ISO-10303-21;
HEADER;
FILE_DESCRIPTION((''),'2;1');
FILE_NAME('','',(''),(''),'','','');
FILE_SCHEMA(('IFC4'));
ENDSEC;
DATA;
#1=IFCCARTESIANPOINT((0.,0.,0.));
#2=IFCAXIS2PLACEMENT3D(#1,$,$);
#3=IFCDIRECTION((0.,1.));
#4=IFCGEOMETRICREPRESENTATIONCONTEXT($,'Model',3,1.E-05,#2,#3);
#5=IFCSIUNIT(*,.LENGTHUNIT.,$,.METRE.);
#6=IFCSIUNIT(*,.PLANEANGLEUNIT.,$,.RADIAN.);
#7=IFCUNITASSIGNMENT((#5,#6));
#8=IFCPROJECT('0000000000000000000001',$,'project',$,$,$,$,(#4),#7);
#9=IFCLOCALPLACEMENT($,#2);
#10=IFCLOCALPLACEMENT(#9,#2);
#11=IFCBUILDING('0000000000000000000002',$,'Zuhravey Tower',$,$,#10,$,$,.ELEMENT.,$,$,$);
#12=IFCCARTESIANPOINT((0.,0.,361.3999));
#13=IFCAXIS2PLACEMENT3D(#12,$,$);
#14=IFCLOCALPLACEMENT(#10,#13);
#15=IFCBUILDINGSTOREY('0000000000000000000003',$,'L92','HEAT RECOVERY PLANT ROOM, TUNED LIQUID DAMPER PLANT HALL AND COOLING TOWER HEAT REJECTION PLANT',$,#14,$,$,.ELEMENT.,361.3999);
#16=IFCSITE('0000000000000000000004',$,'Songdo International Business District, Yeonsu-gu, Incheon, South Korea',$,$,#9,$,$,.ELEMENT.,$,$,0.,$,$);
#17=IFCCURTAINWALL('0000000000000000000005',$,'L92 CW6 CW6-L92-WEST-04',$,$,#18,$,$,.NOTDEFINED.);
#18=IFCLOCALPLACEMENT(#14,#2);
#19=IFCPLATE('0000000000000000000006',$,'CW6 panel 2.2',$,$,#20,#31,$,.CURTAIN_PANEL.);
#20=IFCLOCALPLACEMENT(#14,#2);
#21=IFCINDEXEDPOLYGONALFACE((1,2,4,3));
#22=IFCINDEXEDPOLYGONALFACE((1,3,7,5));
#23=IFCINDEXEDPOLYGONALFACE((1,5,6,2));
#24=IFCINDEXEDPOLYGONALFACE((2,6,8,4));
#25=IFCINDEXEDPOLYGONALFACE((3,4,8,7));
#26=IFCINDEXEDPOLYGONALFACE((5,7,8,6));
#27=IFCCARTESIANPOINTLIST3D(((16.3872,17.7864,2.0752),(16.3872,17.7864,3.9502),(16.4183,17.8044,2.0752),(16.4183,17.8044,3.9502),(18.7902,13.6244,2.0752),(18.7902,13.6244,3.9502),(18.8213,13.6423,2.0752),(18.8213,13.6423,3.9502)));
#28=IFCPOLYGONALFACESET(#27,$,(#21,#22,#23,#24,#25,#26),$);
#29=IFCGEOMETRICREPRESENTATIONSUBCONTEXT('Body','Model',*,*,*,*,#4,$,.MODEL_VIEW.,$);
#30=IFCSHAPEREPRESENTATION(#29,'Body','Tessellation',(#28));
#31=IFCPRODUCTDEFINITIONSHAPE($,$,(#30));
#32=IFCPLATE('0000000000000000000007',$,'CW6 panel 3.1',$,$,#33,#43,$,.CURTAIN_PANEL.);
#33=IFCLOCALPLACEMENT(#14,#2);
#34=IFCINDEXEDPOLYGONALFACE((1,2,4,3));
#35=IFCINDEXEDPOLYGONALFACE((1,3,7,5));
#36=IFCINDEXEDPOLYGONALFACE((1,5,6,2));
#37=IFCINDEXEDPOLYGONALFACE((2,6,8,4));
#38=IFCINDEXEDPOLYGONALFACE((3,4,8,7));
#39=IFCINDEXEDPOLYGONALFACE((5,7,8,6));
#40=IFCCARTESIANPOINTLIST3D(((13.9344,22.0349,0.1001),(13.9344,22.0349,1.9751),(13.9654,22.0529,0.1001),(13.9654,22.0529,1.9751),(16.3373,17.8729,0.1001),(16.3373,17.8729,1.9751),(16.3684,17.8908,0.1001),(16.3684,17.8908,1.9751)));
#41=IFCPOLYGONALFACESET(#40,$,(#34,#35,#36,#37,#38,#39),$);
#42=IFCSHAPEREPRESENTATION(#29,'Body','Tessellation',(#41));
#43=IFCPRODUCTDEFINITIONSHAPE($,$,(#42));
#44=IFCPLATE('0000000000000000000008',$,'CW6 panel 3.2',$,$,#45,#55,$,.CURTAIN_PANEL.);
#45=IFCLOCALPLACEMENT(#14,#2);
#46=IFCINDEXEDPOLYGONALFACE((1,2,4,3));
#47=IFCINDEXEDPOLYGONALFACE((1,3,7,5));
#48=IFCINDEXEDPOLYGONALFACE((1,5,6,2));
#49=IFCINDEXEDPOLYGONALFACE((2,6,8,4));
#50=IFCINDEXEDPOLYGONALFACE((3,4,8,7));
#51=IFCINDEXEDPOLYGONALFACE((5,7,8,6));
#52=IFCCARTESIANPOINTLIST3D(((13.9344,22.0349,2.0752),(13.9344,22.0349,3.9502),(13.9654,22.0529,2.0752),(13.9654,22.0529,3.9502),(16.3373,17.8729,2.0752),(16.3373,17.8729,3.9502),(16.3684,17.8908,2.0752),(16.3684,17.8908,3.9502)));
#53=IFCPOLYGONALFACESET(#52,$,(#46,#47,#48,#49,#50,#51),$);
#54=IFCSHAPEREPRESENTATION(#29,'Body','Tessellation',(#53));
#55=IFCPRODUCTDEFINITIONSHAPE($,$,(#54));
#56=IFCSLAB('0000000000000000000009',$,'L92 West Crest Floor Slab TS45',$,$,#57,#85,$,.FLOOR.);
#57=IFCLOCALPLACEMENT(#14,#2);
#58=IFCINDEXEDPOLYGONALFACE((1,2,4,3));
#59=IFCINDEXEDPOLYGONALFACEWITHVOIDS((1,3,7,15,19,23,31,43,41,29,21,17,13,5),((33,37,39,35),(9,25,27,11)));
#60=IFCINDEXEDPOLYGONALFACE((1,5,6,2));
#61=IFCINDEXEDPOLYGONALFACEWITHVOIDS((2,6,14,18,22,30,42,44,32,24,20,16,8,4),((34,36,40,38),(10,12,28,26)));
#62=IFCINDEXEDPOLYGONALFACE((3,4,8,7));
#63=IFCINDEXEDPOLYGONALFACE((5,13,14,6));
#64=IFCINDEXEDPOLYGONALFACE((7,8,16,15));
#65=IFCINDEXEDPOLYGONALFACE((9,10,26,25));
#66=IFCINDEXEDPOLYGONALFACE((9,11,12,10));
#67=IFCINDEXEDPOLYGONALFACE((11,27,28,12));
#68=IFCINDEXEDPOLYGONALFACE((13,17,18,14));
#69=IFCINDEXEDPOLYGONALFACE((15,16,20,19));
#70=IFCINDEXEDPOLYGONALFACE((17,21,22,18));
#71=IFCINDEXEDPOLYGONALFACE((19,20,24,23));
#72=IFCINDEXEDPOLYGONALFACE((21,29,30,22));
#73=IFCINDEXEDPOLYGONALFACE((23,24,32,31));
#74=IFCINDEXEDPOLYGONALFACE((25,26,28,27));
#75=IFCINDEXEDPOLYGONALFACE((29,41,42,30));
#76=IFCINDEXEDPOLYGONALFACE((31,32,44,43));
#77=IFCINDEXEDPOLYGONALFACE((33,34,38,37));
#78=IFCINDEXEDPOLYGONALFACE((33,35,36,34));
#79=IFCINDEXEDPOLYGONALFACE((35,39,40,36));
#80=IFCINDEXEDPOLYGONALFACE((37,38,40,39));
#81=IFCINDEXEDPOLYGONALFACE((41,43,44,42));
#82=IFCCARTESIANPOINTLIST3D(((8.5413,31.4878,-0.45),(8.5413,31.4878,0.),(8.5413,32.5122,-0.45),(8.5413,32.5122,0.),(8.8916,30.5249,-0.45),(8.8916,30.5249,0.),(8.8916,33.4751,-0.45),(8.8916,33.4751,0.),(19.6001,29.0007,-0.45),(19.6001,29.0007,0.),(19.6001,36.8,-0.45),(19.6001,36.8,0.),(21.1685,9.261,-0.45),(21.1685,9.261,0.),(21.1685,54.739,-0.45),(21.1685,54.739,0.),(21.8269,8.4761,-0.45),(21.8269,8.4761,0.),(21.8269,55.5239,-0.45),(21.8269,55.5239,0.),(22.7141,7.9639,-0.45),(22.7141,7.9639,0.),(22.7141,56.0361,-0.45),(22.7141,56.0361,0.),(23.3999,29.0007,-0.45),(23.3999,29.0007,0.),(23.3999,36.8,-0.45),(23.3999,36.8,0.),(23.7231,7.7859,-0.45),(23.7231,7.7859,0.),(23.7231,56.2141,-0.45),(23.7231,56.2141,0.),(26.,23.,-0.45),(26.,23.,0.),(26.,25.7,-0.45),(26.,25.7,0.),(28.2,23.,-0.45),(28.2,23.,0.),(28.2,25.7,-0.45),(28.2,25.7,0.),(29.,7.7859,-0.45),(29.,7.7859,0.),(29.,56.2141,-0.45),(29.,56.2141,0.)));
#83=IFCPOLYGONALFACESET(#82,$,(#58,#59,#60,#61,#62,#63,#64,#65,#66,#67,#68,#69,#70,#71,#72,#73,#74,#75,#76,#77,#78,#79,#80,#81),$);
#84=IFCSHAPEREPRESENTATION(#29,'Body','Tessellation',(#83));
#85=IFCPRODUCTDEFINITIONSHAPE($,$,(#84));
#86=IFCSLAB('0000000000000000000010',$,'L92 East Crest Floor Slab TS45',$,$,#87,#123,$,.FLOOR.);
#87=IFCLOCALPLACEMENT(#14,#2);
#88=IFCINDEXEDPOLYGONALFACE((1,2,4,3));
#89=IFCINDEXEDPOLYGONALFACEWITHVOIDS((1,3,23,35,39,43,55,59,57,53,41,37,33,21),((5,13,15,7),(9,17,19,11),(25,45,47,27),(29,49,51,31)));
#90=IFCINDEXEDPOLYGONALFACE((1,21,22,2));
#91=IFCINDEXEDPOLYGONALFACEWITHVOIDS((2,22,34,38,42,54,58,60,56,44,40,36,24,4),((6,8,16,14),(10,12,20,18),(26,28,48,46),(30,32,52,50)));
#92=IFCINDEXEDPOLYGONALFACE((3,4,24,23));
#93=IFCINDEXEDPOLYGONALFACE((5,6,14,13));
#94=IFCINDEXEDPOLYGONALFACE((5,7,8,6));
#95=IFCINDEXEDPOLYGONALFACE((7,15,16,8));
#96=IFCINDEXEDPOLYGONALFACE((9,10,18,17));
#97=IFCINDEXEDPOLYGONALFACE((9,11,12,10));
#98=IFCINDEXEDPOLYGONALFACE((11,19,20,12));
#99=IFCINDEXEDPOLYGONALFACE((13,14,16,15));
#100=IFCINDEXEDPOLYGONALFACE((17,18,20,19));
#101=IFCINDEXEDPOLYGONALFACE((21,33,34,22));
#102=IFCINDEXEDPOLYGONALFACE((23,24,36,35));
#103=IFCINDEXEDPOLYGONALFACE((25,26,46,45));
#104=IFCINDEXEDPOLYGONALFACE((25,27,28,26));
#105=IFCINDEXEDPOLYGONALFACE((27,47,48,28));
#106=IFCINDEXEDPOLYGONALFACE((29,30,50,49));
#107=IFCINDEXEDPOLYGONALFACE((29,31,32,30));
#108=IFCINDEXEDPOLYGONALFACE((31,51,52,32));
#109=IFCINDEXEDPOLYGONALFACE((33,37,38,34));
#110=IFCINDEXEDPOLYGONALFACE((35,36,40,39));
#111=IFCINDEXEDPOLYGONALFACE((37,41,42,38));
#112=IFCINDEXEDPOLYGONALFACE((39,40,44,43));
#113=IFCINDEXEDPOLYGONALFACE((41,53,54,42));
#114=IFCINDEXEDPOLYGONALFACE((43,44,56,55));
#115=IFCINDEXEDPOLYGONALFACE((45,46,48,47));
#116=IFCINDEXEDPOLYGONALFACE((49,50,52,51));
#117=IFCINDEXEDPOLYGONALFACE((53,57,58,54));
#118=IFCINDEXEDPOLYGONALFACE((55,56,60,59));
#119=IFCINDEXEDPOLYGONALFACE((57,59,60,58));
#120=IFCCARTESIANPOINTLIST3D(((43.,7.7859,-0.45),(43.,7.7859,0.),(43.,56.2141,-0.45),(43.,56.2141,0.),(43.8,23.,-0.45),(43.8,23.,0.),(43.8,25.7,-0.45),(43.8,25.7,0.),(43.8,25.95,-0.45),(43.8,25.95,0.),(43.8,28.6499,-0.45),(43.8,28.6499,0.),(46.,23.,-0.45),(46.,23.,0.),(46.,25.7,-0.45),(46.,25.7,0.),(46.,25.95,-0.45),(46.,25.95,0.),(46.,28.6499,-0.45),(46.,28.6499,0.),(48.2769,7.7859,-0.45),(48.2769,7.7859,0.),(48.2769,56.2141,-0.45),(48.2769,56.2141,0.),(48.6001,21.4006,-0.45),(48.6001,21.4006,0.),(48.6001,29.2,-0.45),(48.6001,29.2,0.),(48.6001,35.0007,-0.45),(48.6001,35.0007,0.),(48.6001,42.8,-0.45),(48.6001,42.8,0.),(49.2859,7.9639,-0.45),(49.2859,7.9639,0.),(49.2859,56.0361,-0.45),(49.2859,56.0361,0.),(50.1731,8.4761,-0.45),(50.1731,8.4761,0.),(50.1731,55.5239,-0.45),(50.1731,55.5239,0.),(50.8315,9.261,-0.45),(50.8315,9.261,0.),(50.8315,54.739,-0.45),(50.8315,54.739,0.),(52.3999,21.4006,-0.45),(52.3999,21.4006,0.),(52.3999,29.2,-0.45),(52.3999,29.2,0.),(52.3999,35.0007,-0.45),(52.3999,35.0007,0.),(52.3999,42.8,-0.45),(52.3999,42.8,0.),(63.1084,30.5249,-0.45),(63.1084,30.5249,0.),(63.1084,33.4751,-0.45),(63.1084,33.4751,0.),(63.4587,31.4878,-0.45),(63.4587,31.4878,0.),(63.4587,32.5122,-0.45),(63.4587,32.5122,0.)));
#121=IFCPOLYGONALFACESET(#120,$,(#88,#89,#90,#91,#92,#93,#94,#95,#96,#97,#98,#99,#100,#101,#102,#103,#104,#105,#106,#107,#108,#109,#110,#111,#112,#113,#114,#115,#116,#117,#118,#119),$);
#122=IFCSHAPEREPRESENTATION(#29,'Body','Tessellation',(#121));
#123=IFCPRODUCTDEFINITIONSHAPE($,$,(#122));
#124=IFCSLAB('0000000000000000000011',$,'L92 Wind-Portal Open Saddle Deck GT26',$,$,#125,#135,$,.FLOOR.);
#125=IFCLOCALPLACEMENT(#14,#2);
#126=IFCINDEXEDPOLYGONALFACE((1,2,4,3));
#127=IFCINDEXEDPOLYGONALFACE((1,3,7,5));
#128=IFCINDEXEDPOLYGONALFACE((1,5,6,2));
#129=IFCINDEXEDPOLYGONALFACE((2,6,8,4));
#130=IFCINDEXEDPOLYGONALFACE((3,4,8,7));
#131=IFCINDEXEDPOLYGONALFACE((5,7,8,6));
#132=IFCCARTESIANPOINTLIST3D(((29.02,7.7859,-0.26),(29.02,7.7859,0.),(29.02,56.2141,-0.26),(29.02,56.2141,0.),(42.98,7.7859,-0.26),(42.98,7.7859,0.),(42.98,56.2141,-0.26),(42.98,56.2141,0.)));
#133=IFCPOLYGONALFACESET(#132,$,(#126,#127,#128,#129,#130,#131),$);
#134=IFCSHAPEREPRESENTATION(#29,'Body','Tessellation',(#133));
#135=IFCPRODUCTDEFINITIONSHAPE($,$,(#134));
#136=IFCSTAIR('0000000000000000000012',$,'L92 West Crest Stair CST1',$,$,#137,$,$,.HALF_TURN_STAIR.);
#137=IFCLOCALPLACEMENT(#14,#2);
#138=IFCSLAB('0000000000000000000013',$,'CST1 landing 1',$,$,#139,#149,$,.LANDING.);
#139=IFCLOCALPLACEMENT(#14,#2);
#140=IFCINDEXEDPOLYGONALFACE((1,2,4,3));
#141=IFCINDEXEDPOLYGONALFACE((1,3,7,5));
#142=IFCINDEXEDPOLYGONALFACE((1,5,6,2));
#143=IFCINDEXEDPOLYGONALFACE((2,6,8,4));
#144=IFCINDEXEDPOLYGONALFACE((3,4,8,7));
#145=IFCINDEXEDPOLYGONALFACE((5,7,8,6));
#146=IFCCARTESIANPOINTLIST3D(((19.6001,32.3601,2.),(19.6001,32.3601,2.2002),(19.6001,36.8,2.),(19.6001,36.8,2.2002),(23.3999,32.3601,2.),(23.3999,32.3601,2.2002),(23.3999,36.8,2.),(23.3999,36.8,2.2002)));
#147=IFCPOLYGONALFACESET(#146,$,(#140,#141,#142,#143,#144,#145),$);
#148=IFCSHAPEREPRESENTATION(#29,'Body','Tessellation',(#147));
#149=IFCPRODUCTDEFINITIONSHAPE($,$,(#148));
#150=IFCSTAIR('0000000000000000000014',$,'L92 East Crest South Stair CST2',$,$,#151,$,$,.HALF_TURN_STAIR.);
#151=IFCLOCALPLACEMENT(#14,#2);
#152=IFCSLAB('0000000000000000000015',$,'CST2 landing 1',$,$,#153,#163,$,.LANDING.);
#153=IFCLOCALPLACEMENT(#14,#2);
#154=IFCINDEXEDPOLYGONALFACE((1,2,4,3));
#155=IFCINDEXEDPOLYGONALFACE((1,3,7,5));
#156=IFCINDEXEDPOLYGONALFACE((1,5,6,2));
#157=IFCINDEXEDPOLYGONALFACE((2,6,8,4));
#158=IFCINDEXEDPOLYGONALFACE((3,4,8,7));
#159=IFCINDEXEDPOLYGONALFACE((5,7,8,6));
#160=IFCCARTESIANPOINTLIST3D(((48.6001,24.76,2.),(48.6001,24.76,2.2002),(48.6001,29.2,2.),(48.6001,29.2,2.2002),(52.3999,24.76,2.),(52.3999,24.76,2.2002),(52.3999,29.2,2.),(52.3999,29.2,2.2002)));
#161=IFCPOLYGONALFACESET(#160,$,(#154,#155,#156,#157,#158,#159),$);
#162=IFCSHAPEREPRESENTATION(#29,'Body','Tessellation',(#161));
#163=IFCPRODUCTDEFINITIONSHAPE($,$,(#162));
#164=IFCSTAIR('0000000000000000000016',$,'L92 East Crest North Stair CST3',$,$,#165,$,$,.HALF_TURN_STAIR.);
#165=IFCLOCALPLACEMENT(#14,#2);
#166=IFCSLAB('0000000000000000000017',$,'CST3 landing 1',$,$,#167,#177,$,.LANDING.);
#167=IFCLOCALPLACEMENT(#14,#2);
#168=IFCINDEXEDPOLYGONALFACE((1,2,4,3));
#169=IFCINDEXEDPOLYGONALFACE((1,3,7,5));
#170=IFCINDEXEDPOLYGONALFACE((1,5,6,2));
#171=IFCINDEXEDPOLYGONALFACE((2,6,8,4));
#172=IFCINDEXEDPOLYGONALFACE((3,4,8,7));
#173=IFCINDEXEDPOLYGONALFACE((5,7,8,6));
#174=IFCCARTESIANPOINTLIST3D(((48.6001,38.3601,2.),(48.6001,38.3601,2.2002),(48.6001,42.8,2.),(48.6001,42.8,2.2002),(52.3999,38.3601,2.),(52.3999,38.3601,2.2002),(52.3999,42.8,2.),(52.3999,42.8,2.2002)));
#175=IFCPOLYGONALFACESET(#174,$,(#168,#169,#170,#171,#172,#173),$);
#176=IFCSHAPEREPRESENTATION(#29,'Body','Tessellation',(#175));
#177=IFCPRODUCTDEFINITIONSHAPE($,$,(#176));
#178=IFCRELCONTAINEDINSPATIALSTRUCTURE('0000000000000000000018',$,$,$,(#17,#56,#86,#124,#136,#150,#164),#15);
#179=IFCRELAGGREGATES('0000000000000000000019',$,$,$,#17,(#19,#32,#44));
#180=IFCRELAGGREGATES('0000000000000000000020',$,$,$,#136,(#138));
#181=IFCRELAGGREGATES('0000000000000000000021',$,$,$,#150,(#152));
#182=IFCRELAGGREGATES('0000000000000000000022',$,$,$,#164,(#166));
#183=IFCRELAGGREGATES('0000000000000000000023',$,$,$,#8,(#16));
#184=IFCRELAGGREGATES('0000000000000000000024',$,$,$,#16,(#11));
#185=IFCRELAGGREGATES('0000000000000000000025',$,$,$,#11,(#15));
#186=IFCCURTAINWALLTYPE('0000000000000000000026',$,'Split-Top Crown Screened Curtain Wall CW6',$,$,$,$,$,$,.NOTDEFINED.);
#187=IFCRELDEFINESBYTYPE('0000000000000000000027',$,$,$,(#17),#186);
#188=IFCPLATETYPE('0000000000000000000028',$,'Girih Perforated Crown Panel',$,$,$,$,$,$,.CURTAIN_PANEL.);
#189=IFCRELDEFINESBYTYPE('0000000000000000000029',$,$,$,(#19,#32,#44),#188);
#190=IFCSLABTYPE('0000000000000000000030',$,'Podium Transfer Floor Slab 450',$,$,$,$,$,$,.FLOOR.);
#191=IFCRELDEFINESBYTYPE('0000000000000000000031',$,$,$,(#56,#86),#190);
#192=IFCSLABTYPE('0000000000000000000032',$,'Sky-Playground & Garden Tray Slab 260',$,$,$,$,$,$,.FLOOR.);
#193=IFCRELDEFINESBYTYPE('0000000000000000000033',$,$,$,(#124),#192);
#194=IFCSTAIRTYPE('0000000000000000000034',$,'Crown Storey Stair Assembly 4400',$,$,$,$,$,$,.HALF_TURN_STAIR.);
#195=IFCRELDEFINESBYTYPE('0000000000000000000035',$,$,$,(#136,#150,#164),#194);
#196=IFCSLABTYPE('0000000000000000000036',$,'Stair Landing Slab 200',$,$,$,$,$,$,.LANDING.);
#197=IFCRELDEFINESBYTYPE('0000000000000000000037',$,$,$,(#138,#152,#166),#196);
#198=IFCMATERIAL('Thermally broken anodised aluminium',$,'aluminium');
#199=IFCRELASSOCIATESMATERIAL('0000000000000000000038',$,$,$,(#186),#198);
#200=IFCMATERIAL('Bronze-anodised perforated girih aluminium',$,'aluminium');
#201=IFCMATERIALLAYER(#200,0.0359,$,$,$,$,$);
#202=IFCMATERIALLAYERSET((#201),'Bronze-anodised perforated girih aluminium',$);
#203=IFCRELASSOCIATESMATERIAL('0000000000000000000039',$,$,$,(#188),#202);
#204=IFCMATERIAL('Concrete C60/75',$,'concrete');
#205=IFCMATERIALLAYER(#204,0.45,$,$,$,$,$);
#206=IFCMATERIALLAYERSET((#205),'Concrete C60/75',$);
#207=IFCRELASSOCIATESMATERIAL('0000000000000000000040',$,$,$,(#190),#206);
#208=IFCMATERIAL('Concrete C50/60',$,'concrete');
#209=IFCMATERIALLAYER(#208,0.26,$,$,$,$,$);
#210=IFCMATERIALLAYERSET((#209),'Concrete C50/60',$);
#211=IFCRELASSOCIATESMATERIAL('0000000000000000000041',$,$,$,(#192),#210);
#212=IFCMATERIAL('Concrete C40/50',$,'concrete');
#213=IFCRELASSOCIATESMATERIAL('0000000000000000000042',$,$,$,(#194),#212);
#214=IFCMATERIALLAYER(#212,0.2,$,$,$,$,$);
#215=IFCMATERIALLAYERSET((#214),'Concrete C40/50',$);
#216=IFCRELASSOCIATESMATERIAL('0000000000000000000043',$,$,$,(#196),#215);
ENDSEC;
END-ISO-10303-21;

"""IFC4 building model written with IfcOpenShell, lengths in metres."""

from ifc_helpers import new_model, si_unit, direction, frame, origin, origin_2d, place, context, subcontext, project, spatial, polyline, rectangle, outline, extrude, material, layer, layer_set, type_object, element, aggregate, save


model = new_model("IFC4")

# Units and contexts
model_context = context("Model", 3, precision=1e-05, world=origin(), true_north=direction((0.0, 1.0)))
body_context = subcontext(model_context, "Body", "Model", "MODEL_VIEW")
ifc_project = project(units=[si_unit("LENGTHUNIT", "METRE"), si_unit("PLANEANGLEUNIT", "RADIAN")], contexts=[model_context])

# Site, building, storey
site_placement = place(None, origin())
site = spatial("IfcSite", under=ifc_project, at=site_placement, Name="Songdo International Business District, Yeonsu-gu, Incheon, South Korea", CompositionType="ELEMENT", RefElevation=0.0)
building_placement = place(site_placement, origin())
building = spatial("IfcBuilding", under=site, at=building_placement, Name="Zuhravey Tower", CompositionType="ELEMENT")
storey_placement = place(building_placement, frame((0.0, 0.0, 361.3999)))
storey = spatial("IfcBuildingStorey", under=building, at=storey_placement, Name="L92", Description="HEAT RECOVERY PLANT ROOM, TUNED LIQUID DAMPER PLANT HALL AND COOLING TOWER HEAT REJECTION PLANT", CompositionType="ELEMENT", Elevation=361.3999)

# Curtain wall
ifc_material_1 = material(Name="Thermally broken anodised aluminium", Category="aluminium")
curtain_wall_type = type_object("IfcCurtainWallType", Name="Split-Top Crown Screened Curtain Wall CW6", PredefinedType="NOTDEFINED", material=ifc_material_1)
curtain_wall_placement = place(storey_placement, origin())
curtain_wall = element("IfcCurtainWall", 1, at=curtain_wall_placement, inside=storey, type_object=curtain_wall_type, Name="L92 CW6 CW6-L92-WEST-04", PredefinedType="NOTDEFINED")

# Plates
ifc_material_2 = material(Name="Bronze-anodised perforated girih aluminium", Category="aluminium")
ifc_layer_1 = layer(ifc_material_2, 0.0359)
ifc_layer_set_1 = layer_set([ifc_layer_1], Name="Bronze-anodised perforated girih aluminium")
plate_type = type_object("IfcPlateType", Name="Girih Perforated Crown Panel", PredefinedType="CURTAIN_PANEL", material=ifc_layer_set_1)
plate_1_placement = place(storey_placement, frame((17.6042, 15.7144, 2.0752), z_axis=(0.0, 0.0, 1.0), x_axis=(-0.499997, 0.866027, 0.0)))
plate_1 = element("IfcPlate", 2, at=plate_1_placement, type_object=plate_type, Name="CW6 panel 2.2", PredefinedType="CURTAIN_PANEL", context=body_context, shape_type="SweptSolid", body=[
    extrude(rectangle(XDim=4.8059, YDim=0.0359, at=origin_2d()), origin(), (0.0, 0.0, 1.0), 1.875),
])
plate_2_placement = place(storey_placement, frame((15.1514, 19.9629, 0.1001), z_axis=(0.0, 0.0, 1.0), x_axis=(-0.499997, 0.866027, 0.0)))
plate_2 = element("IfcPlate", 3, at=plate_2_placement, type_object=plate_type, Name="CW6 panel 3.1", PredefinedType="CURTAIN_PANEL", context=body_context, shape_type="SweptSolid", body=[
    extrude(rectangle(XDim=4.8059, YDim=0.0359, at=origin_2d()), origin(), (0.0, 0.0, 1.0), 1.875),
])
plate_3_placement = place(storey_placement, frame((15.1514, 19.9629, 2.0752), z_axis=(0.0, 0.0, 1.0), x_axis=(-0.499997, 0.866027, 0.0)))
plate_3 = element("IfcPlate", 4, at=plate_3_placement, type_object=plate_type, Name="CW6 panel 3.2", PredefinedType="CURTAIN_PANEL", context=body_context, shape_type="SweptSolid", body=[
    extrude(rectangle(XDim=4.8059, YDim=0.0359, at=origin_2d()), origin(), (0.0, 0.0, 1.0), 1.875),
])
aggregate(curtain_wall, [plate_1, plate_2, plate_3])

# Slabs
ifc_material_3 = material(Name="Concrete C60/75", Category="concrete")
ifc_layer_2 = layer(ifc_material_3, 0.45)
ifc_layer_set_2 = layer_set([ifc_layer_2], Name="Concrete C60/75")
slab_type_1 = type_object("IfcSlabType", Name="Podium Transfer Floor Slab 450", PredefinedType="FLOOR", material=ifc_layer_set_2)
slab_1_placement = place(storey_placement, frame((0.0, 0.0, -0.45)))
element("IfcSlab", 5, at=slab_1_placement, inside=storey, type_object=slab_type_1, Name="L92 West Crest Floor Slab TS45", PredefinedType="FLOOR", context=body_context, shape_type="SweptSolid", body=[
    extrude(outline(polyline([(23.7231, 7.7859), (22.7141, 7.9639), (21.8269, 8.4761), (21.1685, 9.261), (8.8916, 30.5249), (8.5413, 31.4878), (8.5413, 32.5122), (8.8916, 33.4751), (21.1685, 54.739), (21.8269, 55.5239), (22.7141, 56.0361), (23.7231, 56.2141), (29.0, 56.2141), (29.0, 7.7859), (23.7231, 7.7859)]), holes=[polyline([(23.3999, 29.0007), (23.3999, 36.8), (19.6001, 36.8), (19.6001, 29.0007), (23.3999, 29.0007)]), polyline([(26.0, 23.0), (28.2, 23.0), (28.2, 25.7), (26.0, 25.7), (26.0, 23.0)])]), origin(), (0.0, 0.0, 1.0), 0.45),
])
slab_2_placement = place(storey_placement, frame((0.0, 0.0, -0.45)))
element("IfcSlab", 6, at=slab_2_placement, inside=storey, type_object=slab_type_1, Name="L92 East Crest Floor Slab TS45", PredefinedType="FLOOR", context=body_context, shape_type="SweptSolid", body=[
    extrude(outline(polyline([(48.2769, 56.2141), (49.2859, 56.0361), (50.1731, 55.5239), (50.8315, 54.739), (63.1084, 33.4751), (63.4587, 32.5122), (63.4587, 31.4878), (63.1084, 30.5249), (50.8315, 9.261), (50.1731, 8.4761), (49.2859, 7.9639), (48.2769, 7.7859), (43.0, 7.7859), (43.0, 56.2141), (48.2769, 56.2141)]), holes=[polyline([(52.3999, 21.4006), (52.3999, 29.2), (48.6001, 29.2), (48.6001, 21.4006), (52.3999, 21.4006)]), polyline([(52.3999, 35.0007), (52.3999, 42.8), (48.6001, 42.8), (48.6001, 35.0007), (52.3999, 35.0007)]), polyline([(43.8, 23.0), (46.0, 23.0), (46.0, 25.7), (43.8, 25.7), (43.8, 23.0)]), polyline([(43.8, 25.95), (46.0, 25.95), (46.0, 28.6499), (43.8, 28.6499), (43.8, 25.95)])]), origin(), (0.0, 0.0, 1.0), 0.45),
])
ifc_material_4 = material(Name="Concrete C50/60", Category="concrete")
ifc_layer_3 = layer(ifc_material_4, 0.26)
ifc_layer_set_3 = layer_set([ifc_layer_3], Name="Concrete C50/60")
slab_type_2 = type_object("IfcSlabType", Name="Sky-Playground & Garden Tray Slab 260", PredefinedType="FLOOR", material=ifc_layer_set_3)
slab_3_placement = place(storey_placement, frame((0.0, 0.0, -0.26)))
element("IfcSlab", 7, at=slab_3_placement, inside=storey, type_object=slab_type_2, Name="L92 Wind-Portal Open Saddle Deck GT26", PredefinedType="FLOOR", context=body_context, shape_type="SweptSolid", body=[
    extrude(outline(polyline([(42.98, 56.2141), (42.98, 7.7859), (29.02, 7.7859), (29.02, 56.2141), (42.98, 56.2141)])), origin(), (0.0, 0.0, 1.0), 0.26),
])

# Stairs, slabs
ifc_material_5 = material(Name="Concrete C40/50", Category="concrete")
stair_type = type_object("IfcStairType", Name="Crown Storey Stair Assembly 4400", PredefinedType="HALF_TURN_STAIR", material=ifc_material_5)
stair_1_placement = place(storey_placement, origin())
stair_1 = element("IfcStair", 8, at=stair_1_placement, inside=storey, type_object=stair_type, Name="L92 West Crest Stair CST1", PredefinedType="HALF_TURN_STAIR")
ifc_layer_4 = layer(ifc_material_5, 0.2)
ifc_layer_set_4 = layer_set([ifc_layer_4], Name="Concrete C40/50")
slab_type_3 = type_object("IfcSlabType", Name="Stair Landing Slab 200", PredefinedType="LANDING", material=ifc_layer_set_4)
slab_4_placement = place(storey_placement, frame((0.0, 0.0, 2.0)))
slab_4 = element("IfcSlab", 9, at=slab_4_placement, type_object=slab_type_3, Name="CST1 landing 1", PredefinedType="LANDING", context=body_context, shape_type="SweptSolid", body=[
    extrude(outline(polyline([(23.3999, 32.3601), (23.3999, 36.8), (19.6001, 36.8), (19.6001, 32.3601), (23.3999, 32.3601)])), origin(), (0.0, 0.0, 1.0), 0.2002),
])
aggregate(stair_1, [slab_4])
stair_2_placement = place(storey_placement, origin())
stair_2 = element("IfcStair", 10, at=stair_2_placement, inside=storey, type_object=stair_type, Name="L92 East Crest South Stair CST2", PredefinedType="HALF_TURN_STAIR")
slab_5_placement = place(storey_placement, frame((0.0, 0.0, 2.0)))
slab_5 = element("IfcSlab", 11, at=slab_5_placement, type_object=slab_type_3, Name="CST2 landing 1", PredefinedType="LANDING", context=body_context, shape_type="SweptSolid", body=[
    extrude(outline(polyline([(52.3999, 24.76), (52.3999, 29.2), (48.6001, 29.2), (48.6001, 24.76), (52.3999, 24.76)])), origin(), (0.0, 0.0, 1.0), 0.2002),
])
aggregate(stair_2, [slab_5])
stair_3_placement = place(storey_placement, origin())
stair_3 = element("IfcStair", 12, at=stair_3_placement, inside=storey, type_object=stair_type, Name="L92 East Crest North Stair CST3", PredefinedType="HALF_TURN_STAIR")
slab_6_placement = place(storey_placement, frame((0.0, 0.0, 2.0)))
slab_6 = element("IfcSlab", 13, at=slab_6_placement, type_object=slab_type_3, Name="CST3 landing 1", PredefinedType="LANDING", context=body_context, shape_type="SweptSolid", body=[
    extrude(outline(polyline([(52.3999, 38.3601), (52.3999, 42.8), (48.6001, 42.8), (48.6001, 38.3601), (52.3999, 38.3601)])), origin(), (0.0, 0.0, 1.0), 0.2002),
])
aggregate(stair_3, [slab_6])

save(model, "model.ifc")
